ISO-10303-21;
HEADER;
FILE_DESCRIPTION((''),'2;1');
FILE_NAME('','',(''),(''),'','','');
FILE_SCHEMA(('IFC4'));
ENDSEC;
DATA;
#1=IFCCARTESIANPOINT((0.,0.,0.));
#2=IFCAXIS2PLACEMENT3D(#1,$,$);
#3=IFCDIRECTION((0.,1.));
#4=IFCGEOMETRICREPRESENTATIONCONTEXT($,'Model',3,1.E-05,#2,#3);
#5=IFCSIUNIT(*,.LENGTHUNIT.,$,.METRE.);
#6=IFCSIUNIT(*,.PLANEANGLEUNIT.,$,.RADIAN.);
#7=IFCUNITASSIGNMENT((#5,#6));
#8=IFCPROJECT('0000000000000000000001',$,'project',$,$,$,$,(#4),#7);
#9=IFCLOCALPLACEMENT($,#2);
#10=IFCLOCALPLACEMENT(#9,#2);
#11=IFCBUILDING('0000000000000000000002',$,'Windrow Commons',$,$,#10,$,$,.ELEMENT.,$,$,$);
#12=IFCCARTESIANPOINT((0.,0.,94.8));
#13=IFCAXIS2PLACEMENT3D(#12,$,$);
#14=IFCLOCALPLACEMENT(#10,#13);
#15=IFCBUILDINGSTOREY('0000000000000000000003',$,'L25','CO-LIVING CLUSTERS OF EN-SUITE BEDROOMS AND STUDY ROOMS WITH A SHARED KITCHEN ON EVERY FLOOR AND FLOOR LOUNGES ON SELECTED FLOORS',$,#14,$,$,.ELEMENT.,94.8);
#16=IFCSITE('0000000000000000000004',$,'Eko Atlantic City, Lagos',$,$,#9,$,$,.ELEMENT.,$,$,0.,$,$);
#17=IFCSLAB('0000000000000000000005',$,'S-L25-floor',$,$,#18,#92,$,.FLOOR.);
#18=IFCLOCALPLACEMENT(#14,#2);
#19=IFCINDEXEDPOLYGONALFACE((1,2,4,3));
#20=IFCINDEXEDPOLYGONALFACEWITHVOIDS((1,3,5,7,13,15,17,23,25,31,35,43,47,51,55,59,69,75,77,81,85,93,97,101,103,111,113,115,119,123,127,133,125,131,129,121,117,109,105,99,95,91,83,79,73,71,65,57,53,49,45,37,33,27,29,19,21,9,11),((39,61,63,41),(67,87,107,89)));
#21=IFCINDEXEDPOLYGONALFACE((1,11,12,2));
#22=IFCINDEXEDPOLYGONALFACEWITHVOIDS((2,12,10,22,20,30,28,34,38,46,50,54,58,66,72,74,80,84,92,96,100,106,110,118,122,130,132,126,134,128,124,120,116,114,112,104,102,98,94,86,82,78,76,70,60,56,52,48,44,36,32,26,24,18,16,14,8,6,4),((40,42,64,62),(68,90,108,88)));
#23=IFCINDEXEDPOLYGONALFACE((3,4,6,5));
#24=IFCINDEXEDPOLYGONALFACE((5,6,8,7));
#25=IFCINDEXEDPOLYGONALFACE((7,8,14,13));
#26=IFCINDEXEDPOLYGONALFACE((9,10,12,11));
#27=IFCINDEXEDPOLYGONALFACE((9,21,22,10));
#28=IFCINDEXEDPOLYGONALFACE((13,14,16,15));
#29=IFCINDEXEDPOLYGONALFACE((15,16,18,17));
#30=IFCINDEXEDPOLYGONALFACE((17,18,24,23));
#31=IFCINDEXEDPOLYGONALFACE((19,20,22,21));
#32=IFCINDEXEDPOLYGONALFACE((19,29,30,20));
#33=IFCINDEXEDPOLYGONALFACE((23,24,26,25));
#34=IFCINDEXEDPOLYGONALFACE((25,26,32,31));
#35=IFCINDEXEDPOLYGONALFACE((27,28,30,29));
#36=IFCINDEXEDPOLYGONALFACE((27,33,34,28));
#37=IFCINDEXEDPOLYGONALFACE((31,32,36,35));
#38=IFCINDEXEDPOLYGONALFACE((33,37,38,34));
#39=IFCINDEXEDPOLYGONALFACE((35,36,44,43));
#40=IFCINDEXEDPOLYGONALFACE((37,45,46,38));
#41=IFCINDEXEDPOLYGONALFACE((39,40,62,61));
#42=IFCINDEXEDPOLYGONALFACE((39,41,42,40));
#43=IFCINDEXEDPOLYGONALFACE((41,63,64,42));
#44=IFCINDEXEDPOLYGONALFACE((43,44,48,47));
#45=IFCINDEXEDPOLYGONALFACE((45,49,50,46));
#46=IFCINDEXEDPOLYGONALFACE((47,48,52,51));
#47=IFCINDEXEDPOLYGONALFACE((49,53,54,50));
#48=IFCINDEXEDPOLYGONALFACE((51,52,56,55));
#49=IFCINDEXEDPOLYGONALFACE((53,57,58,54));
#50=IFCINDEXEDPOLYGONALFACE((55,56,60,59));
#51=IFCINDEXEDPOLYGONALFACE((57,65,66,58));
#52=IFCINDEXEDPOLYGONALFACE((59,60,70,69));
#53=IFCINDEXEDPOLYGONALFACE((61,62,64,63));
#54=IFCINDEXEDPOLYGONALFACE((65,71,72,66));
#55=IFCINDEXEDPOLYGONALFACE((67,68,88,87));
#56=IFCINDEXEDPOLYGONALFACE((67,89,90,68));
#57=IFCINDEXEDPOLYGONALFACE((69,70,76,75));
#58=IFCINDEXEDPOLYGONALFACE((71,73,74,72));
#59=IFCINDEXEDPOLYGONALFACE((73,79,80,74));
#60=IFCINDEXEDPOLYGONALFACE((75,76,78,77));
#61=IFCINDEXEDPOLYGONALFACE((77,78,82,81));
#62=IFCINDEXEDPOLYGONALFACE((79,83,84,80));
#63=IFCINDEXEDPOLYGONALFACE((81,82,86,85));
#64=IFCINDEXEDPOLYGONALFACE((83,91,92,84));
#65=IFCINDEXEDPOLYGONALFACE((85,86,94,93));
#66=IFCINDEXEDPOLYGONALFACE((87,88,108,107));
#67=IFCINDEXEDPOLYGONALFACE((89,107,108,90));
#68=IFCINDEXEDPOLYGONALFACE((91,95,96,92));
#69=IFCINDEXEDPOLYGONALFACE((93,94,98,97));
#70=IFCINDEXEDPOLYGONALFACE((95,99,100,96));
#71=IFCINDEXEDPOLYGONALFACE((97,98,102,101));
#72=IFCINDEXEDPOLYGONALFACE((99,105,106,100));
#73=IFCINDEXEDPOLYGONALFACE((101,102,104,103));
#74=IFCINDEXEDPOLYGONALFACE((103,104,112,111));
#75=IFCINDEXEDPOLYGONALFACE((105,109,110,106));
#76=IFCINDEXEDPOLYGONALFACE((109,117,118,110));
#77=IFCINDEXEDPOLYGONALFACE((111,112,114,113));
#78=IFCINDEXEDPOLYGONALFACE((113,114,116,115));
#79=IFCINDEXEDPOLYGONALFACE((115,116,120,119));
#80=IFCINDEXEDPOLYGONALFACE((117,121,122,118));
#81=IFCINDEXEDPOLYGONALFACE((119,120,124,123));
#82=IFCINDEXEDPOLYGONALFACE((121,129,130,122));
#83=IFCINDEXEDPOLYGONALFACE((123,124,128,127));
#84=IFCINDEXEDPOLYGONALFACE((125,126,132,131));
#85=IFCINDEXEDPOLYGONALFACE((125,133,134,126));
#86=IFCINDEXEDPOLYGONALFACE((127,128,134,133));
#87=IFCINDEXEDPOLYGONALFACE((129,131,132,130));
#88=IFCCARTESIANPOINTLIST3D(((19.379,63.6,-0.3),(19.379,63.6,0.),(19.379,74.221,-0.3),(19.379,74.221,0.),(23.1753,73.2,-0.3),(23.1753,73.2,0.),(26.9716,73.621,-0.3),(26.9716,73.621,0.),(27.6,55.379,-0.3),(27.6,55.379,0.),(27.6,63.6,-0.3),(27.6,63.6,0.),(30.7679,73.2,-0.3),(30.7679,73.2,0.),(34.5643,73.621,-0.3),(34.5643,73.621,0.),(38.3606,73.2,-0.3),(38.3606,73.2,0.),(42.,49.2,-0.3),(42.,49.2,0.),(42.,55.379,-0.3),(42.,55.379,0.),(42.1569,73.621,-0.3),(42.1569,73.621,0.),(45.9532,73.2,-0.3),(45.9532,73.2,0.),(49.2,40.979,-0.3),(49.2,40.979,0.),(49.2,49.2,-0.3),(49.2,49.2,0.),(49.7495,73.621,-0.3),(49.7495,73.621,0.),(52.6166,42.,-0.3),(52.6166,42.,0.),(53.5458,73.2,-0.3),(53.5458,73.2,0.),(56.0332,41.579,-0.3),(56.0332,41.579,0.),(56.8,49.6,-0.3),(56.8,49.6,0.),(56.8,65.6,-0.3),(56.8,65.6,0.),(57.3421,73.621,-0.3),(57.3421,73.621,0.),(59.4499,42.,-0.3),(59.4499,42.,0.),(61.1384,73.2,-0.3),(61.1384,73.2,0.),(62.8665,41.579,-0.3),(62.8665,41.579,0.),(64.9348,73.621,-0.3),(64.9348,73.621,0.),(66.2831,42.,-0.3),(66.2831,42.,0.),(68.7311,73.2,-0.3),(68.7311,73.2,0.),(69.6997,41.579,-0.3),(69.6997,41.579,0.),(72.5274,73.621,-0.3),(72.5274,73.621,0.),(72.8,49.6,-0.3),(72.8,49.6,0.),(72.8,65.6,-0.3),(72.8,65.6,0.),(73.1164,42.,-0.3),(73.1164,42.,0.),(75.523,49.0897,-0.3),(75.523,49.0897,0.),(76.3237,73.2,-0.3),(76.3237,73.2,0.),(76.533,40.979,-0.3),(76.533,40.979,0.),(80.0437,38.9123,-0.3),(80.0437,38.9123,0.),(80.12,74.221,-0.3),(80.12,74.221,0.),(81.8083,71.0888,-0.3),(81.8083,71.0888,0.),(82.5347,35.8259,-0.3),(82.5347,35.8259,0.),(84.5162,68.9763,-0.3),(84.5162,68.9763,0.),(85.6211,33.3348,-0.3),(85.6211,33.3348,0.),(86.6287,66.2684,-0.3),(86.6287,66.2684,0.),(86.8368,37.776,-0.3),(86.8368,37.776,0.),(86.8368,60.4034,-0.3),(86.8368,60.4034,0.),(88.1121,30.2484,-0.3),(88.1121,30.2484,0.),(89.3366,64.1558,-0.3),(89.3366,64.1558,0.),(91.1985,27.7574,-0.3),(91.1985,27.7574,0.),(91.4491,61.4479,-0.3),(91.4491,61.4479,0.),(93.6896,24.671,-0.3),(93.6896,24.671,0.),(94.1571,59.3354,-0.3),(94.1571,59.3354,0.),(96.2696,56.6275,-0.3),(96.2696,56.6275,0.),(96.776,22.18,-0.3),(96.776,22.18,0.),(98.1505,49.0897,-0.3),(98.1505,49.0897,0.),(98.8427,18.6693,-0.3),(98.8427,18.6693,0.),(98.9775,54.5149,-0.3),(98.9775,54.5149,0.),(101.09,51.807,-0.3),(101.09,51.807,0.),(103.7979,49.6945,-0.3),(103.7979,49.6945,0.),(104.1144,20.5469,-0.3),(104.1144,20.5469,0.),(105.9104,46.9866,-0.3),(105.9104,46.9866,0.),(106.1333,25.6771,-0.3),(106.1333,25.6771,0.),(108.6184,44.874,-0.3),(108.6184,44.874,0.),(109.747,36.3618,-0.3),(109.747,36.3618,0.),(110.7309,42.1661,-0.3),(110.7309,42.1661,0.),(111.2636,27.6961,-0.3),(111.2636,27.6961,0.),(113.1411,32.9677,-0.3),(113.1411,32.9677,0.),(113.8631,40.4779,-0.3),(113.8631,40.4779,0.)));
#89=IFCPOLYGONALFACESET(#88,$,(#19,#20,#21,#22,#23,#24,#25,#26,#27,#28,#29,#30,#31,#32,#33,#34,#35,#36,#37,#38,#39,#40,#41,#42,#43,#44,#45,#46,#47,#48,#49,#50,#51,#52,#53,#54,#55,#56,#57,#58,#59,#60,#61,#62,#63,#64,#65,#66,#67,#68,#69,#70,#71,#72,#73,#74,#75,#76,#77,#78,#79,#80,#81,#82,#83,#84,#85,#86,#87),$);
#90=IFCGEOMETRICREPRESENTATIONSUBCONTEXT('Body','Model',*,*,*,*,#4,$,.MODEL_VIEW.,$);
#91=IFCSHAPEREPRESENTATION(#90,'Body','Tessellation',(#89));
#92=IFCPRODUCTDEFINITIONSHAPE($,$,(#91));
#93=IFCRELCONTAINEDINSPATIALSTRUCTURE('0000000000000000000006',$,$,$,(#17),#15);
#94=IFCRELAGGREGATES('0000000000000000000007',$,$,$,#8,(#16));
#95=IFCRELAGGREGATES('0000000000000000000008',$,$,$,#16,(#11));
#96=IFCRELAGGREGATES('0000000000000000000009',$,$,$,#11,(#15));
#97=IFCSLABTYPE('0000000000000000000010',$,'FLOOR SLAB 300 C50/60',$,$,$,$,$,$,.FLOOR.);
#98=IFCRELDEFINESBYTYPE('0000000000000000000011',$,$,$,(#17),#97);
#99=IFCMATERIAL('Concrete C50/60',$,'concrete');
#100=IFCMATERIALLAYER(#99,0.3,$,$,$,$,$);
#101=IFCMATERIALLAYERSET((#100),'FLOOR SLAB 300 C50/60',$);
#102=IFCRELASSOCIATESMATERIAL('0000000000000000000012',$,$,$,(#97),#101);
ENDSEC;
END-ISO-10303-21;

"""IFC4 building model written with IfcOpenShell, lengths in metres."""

from ifc_helpers import new_model, si_unit, direction, frame, origin, place, context, subcontext, project, spatial, polyline, outline, extrude, material, layer, layer_set, type_object, element, save


model = new_model("IFC4")

# Units and contexts
model_context = context("Model", 3, precision=1e-05, world=origin(), true_north=direction((0.0, 1.0)))
body_context = subcontext(model_context, "Body", "Model", "MODEL_VIEW")
ifc_project = project(units=[si_unit("LENGTHUNIT", "METRE"), si_unit("PLANEANGLEUNIT", "RADIAN")], contexts=[model_context])

# Site, building, storey
site_placement = place(None, origin())
site = spatial("IfcSite", under=ifc_project, at=site_placement, Name="Eko Atlantic City, Lagos", CompositionType="ELEMENT", RefElevation=0.0)
building_placement = place(site_placement, origin())
building = spatial("IfcBuilding", under=site, at=building_placement, Name="Windrow Commons", CompositionType="ELEMENT")
storey_placement = place(building_placement, frame((0.0, 0.0, 94.8)))
storey = spatial("IfcBuildingStorey", under=building, at=storey_placement, Name="L25", Description="CO-LIVING CLUSTERS OF EN-SUITE BEDROOMS AND STUDY ROOMS WITH A SHARED KITCHEN ON EVERY FLOOR AND FLOOR LOUNGES ON SELECTED FLOORS", CompositionType="ELEMENT", Elevation=94.8)

# Shared definitions
placement_1 = place(storey_placement, frame((0.0, 0.0, -0.3)))

# Slab, openings
ifc_material_1 = material(Name="Concrete C50/60", Category="concrete")
ifc_layer_1 = layer(ifc_material_1, 0.3)
ifc_layer_set_1 = layer_set([ifc_layer_1], Name="FLOOR SLAB 300 C50/60")
slab_type_1 = type_object("IfcSlabType", Name="FLOOR SLAB 300 C50/60", PredefinedType="FLOOR", material=ifc_layer_set_1)
slab_1 = element("IfcSlab", 1, at=placement_1, inside=storey, type_object=slab_type_1, Name="S-L25-floor", PredefinedType="FLOOR", context=body_context, shape_type="SweptSolid", body=[
    extrude(outline(polyline([(96.776, 22.18), (98.8427, 18.6693), (104.1144, 20.5469), (106.1333, 25.6771), (111.2636, 27.6961), (113.1411, 32.9677), (109.747, 36.3618), (113.8631, 40.4779), (110.7309, 42.1661), (108.6184, 44.874), (105.9104, 46.9866), (103.7979, 49.6945), (101.09, 51.807), (98.9775, 54.5149), (96.2696, 56.6275), (94.1571, 59.3354), (91.4491, 61.4479), (89.3366, 64.1558), (86.6287, 66.2684), (84.5162, 68.9763), (81.8083, 71.0888), (80.12, 74.221), (76.3237, 73.2), (72.5274, 73.621), (68.7311, 73.2), (64.9348, 73.621), (61.1384, 73.2), (57.3421, 73.621), (53.5458, 73.2), (49.7495, 73.621), (45.9532, 73.2), (42.1569, 73.621), (38.3606, 73.2), (34.5643, 73.621), (30.7679, 73.2), (26.9716, 73.621), (23.1753, 73.2), (19.379, 74.221), (19.379, 63.6), (27.6, 63.6), (27.6, 55.379), (42.0, 55.379), (42.0, 49.2), (49.2, 49.2), (49.2, 40.979), (52.6166, 42.0), (56.0332, 41.579), (59.4499, 42.0), (62.8665, 41.579), (66.2831, 42.0), (69.6997, 41.579), (73.1164, 42.0), (76.533, 40.979), (80.0437, 38.9123), (82.5347, 35.8259), (85.6211, 33.3348), (88.1121, 30.2484), (91.1985, 27.7574), (93.6896, 24.671), (96.776, 22.18)]), holes=[polyline([(75.523, 49.0897), (86.8368, 60.4034), (98.1505, 49.0897), (86.8368, 37.776), (75.523, 49.0897)]), polyline([(56.8, 49.6), (56.8, 65.6), (72.8, 65.6), (72.8, 49.6), (56.8, 49.6)])]), origin(), (0.0, 0.0, 1.0), 0.3),
])
opening_1_placement = place(placement_1, origin())
element("IfcOpeningElement", 2, at=opening_1_placement, cuts=slab_1, PredefinedType="OPENING", context=body_context, shape_type="SweptSolid", body=[
    extrude(outline(polyline([(75.5301, 49.0897), (86.8368, 60.3963), (98.1434, 49.0897), (86.8368, 37.7831), (75.5301, 49.0897)])), origin(), (0.0, 0.0, 1.0), 0.3),
])
opening_2_placement = place(placement_1, origin())
element("IfcOpeningElement", 3, at=opening_2_placement, cuts=slab_1, PredefinedType="OPENING", context=body_context, shape_type="SweptSolid", body=[
    extrude(outline(polyline([(56.805, 49.605), (56.805, 65.595), (72.795, 65.595), (72.795, 49.605), (56.805, 49.605)])), origin(), (0.0, 0.0, 1.0), 0.3),
])

save(model, "model.ifc")
